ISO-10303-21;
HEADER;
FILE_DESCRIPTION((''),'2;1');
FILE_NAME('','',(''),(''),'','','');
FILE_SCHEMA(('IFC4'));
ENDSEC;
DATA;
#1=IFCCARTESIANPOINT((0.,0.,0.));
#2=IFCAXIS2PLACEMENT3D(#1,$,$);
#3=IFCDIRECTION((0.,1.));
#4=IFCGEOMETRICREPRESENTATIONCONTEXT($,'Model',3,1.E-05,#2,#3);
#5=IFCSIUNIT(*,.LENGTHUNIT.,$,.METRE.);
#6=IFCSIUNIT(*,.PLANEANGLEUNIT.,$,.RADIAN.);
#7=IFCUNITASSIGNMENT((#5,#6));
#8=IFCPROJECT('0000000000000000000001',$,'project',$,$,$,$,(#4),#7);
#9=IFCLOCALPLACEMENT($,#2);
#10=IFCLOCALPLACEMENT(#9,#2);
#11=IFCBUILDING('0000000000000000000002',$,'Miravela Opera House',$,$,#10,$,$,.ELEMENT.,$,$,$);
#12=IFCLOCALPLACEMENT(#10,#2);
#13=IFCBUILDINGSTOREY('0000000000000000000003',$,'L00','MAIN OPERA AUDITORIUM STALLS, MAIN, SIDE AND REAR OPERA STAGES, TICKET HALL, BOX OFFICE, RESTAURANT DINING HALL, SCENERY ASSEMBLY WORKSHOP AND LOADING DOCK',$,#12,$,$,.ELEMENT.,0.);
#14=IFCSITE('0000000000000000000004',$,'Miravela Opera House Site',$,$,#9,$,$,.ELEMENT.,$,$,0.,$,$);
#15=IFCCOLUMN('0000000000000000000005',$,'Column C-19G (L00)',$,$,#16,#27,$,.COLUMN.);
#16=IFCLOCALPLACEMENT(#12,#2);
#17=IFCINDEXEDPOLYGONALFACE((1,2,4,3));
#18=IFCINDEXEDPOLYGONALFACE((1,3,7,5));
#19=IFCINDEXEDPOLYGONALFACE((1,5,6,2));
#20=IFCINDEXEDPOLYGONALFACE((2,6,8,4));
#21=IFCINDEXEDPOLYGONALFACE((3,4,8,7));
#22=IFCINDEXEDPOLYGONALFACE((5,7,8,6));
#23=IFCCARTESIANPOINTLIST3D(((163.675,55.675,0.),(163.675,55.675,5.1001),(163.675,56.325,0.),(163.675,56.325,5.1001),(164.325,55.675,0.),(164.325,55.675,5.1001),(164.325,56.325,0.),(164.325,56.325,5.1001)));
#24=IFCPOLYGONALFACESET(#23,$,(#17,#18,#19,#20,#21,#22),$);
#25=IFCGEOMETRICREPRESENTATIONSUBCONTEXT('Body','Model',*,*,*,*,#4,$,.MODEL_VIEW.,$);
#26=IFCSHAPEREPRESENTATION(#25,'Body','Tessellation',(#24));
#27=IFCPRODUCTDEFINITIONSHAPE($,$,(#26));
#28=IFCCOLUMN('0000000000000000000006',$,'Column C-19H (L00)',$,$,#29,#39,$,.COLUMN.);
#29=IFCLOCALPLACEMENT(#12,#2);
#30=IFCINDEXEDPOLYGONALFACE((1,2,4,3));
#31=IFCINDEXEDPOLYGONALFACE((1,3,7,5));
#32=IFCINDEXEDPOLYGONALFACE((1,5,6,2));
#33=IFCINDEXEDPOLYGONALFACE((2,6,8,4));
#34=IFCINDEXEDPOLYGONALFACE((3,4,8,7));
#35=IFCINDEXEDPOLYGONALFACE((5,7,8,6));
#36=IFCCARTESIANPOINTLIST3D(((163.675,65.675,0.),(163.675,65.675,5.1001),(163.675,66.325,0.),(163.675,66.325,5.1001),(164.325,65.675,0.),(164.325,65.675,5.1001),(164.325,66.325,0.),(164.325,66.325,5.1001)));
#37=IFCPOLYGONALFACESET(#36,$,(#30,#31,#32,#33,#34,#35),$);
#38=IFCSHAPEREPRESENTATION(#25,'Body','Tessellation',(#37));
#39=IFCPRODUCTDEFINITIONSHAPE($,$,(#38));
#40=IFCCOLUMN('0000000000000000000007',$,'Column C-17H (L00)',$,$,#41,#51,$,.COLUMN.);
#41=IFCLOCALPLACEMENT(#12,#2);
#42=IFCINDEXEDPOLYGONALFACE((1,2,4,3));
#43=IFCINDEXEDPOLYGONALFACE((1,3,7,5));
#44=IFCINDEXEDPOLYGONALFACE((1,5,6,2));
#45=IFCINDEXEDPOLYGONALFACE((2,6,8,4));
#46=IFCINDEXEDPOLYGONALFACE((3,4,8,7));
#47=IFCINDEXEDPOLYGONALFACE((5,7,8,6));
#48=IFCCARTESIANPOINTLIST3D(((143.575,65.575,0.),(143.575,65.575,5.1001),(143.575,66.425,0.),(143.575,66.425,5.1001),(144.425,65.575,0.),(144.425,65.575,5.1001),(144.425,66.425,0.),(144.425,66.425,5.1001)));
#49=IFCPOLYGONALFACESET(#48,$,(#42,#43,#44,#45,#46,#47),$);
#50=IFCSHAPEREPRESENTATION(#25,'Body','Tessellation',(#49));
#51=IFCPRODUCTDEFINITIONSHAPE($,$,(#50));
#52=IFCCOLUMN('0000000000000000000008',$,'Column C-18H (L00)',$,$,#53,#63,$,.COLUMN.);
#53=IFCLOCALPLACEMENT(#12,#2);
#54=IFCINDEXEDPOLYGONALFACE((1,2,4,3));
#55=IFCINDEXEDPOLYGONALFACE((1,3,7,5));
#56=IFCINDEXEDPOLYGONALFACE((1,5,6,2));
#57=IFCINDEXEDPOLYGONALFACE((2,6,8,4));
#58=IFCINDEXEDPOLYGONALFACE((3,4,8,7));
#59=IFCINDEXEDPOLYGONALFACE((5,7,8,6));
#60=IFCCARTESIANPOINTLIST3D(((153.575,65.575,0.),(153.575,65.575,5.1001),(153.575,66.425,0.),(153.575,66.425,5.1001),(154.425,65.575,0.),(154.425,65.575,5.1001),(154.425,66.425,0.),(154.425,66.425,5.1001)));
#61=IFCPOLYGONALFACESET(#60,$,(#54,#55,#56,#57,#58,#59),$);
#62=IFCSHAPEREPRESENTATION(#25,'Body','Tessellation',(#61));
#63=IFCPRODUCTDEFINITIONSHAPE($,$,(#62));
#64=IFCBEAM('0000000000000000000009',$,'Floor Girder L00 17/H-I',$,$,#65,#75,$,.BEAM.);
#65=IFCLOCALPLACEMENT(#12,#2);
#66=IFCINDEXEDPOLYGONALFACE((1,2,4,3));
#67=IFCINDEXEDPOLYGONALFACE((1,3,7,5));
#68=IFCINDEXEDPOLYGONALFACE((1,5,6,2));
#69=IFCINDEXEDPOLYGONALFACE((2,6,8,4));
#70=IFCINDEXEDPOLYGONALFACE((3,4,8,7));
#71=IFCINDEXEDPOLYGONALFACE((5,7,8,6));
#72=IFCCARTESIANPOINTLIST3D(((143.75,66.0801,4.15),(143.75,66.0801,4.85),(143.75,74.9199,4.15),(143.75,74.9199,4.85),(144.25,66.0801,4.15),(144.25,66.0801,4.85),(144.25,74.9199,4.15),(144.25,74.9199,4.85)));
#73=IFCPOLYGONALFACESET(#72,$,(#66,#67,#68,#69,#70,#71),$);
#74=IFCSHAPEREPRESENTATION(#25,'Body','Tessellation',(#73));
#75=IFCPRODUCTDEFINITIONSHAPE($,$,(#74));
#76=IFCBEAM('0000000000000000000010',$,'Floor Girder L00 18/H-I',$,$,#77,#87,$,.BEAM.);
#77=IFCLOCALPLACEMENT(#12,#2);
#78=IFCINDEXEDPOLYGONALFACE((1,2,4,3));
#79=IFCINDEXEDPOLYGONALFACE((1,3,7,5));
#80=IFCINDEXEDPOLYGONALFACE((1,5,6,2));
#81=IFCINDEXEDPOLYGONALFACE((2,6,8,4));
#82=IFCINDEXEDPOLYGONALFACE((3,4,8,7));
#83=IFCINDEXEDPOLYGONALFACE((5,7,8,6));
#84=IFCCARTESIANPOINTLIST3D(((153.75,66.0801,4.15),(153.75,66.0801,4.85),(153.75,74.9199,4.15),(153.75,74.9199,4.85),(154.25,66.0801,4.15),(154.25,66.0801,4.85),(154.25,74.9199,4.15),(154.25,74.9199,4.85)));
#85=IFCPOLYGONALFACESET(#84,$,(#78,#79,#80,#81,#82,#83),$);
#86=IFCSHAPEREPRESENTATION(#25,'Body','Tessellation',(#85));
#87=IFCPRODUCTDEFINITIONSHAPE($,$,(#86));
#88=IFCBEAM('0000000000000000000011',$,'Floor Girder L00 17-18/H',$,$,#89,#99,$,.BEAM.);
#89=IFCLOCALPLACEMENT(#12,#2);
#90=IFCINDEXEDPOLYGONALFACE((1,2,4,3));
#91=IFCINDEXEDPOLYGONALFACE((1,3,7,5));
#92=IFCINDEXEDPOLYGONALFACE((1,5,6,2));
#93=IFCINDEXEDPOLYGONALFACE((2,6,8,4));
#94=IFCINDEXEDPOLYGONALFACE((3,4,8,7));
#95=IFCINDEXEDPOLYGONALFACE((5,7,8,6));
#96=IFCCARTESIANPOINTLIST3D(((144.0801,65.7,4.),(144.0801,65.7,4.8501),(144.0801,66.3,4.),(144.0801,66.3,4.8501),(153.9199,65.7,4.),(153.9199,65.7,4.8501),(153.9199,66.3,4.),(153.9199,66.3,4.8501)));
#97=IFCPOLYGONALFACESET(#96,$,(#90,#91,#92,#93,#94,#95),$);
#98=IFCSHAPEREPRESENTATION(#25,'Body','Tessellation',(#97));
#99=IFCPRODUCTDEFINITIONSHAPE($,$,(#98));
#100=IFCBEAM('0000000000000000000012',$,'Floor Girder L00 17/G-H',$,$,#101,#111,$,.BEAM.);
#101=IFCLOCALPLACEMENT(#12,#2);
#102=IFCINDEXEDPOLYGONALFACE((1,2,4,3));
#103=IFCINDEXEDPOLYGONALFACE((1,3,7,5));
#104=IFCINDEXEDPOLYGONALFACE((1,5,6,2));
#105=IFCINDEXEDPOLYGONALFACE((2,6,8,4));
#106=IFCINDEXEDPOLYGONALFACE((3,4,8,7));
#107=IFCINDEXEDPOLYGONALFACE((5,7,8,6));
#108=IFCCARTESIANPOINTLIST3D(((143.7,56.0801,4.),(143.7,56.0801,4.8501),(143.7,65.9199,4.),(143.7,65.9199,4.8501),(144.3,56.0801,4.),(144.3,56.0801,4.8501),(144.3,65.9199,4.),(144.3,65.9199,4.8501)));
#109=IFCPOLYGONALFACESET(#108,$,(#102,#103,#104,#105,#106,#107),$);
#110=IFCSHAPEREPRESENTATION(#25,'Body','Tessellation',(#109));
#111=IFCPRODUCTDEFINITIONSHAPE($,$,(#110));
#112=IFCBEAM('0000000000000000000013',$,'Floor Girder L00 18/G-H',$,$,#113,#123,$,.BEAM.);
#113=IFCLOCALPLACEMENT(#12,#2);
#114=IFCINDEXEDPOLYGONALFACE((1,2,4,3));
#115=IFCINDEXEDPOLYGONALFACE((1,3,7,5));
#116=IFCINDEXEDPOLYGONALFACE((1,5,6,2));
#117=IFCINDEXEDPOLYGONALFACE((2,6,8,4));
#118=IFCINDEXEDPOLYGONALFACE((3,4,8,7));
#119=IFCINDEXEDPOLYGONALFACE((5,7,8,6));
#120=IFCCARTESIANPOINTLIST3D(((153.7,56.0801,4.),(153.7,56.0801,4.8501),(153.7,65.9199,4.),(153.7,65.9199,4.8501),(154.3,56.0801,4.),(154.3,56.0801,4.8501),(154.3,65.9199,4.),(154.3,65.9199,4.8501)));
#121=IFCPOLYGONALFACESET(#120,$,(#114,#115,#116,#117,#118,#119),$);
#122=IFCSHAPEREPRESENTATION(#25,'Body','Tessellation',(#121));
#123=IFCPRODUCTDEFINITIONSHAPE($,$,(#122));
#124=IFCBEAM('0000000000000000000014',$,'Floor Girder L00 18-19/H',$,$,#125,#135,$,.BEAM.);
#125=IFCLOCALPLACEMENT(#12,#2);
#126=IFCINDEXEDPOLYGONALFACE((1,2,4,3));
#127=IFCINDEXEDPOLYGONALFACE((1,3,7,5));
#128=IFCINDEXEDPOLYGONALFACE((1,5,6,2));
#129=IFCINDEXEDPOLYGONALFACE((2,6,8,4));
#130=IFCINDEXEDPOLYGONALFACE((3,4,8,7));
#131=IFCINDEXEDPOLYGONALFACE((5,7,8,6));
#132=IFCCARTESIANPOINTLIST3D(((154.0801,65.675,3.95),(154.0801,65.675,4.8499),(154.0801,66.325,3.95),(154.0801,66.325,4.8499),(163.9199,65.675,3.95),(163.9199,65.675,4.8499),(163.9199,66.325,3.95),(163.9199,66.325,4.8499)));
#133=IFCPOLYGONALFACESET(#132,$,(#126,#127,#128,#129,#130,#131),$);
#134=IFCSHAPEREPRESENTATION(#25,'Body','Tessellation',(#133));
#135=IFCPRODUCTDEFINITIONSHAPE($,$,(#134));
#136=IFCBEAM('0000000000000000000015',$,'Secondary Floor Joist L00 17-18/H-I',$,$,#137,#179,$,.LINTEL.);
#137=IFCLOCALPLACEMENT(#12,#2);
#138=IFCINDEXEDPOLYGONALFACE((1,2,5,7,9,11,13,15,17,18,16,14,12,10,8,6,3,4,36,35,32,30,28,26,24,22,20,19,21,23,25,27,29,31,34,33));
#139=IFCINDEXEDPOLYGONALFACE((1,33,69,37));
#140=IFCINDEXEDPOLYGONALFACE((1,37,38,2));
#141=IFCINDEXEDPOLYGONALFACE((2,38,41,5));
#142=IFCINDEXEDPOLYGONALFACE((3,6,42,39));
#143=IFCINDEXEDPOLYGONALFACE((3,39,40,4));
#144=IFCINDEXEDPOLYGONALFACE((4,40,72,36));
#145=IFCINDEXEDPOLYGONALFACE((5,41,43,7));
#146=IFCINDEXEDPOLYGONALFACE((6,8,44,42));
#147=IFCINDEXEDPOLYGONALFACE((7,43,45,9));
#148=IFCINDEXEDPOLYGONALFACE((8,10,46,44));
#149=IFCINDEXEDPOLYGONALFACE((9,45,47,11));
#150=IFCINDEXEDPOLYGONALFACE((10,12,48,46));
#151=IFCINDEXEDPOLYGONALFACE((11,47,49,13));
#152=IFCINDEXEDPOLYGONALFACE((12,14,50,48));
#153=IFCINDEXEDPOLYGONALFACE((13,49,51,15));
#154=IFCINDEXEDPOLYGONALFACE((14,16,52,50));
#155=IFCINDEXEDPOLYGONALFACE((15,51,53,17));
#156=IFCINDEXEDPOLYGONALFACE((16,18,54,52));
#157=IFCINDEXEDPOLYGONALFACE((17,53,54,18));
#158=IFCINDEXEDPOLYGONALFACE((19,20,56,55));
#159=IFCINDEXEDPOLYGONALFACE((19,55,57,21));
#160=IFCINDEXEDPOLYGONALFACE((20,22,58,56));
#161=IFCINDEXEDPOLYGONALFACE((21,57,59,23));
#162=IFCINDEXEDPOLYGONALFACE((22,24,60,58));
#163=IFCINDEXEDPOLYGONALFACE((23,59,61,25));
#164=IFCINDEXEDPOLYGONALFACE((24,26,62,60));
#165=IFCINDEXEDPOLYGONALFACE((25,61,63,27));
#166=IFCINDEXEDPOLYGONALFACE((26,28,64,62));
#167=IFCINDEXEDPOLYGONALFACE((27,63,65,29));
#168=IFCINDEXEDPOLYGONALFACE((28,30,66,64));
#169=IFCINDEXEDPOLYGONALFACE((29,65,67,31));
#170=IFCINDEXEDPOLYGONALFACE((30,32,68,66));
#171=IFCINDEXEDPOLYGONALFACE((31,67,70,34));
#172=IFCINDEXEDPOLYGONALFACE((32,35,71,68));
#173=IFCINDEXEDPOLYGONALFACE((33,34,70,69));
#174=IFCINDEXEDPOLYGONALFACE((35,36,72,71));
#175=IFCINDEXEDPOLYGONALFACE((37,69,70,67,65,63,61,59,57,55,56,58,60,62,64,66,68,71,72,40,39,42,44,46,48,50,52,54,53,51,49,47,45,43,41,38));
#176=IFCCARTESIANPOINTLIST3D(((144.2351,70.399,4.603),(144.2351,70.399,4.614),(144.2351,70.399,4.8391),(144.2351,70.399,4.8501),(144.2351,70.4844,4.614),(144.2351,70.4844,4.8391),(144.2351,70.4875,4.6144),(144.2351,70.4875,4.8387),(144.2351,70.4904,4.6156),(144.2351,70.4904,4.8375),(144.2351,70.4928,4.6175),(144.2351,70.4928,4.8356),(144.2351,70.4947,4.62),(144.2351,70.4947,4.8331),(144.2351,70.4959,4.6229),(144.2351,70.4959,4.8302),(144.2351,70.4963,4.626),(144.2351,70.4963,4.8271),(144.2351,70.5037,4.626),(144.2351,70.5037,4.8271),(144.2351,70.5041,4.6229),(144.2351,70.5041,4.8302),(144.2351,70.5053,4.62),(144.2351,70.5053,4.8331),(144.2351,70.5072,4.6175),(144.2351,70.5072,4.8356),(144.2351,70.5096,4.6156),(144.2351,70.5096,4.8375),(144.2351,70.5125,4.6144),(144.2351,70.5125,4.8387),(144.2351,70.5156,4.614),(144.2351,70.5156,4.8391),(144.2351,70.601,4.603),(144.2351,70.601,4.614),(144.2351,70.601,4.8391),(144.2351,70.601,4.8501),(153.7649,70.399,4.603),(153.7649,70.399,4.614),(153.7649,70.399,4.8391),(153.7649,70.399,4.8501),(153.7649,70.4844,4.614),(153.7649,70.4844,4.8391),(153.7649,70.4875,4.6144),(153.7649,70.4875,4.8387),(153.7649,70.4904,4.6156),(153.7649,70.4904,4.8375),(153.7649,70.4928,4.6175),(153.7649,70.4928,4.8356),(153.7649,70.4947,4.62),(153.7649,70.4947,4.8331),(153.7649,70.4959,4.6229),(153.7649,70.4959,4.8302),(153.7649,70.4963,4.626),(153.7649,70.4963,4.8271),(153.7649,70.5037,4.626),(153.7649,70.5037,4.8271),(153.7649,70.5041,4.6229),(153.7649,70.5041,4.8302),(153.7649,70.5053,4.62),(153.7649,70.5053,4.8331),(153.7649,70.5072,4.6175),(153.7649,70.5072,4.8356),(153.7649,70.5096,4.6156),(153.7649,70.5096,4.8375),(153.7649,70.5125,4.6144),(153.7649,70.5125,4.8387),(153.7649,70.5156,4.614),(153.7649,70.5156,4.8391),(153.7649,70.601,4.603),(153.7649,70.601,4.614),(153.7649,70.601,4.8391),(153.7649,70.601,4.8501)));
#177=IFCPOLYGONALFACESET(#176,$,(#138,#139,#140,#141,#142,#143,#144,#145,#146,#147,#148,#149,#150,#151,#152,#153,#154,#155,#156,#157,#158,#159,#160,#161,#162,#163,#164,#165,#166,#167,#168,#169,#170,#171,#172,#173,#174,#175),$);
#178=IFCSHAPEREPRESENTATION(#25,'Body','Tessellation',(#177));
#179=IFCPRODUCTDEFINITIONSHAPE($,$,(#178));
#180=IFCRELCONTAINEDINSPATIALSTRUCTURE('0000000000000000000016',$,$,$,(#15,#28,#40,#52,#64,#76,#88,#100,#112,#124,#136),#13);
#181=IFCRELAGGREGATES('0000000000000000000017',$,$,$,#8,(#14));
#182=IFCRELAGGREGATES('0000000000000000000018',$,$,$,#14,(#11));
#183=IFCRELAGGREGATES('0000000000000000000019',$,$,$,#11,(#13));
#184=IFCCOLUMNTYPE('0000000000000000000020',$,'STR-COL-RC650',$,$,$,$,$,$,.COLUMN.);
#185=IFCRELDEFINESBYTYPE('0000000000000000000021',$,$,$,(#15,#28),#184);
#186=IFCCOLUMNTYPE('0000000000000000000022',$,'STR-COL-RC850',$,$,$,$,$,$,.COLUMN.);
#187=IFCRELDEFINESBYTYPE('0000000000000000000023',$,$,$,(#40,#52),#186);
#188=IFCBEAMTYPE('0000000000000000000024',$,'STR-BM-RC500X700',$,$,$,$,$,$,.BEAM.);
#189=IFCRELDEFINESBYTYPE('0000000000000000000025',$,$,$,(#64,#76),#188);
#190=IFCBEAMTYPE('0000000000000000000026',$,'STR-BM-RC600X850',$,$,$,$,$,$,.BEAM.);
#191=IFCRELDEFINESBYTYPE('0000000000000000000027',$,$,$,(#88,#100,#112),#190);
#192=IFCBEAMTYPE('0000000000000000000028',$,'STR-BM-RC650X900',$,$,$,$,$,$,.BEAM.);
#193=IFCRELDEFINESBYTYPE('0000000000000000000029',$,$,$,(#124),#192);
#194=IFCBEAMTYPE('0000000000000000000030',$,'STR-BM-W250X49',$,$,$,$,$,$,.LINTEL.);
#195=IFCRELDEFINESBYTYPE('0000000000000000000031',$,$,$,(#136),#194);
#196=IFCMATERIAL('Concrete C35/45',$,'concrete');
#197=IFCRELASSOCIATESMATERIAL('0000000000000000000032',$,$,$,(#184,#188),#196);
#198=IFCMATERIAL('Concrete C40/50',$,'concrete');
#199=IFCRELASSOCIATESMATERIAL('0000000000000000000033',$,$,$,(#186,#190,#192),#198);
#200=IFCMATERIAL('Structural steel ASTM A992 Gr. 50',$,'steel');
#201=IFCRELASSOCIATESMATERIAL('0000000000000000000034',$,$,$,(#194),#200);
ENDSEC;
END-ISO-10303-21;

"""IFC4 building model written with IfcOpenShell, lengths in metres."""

from ifc_helpers import new_model, si_unit, direction, frame, origin, origin_2d, place, context, subcontext, project, spatial, rectangle, i_section, extrude, material, material_profile, profile_set, type_object, element, save


model = new_model("IFC4")

# Units and contexts
model_context = context("Model", 3, precision=1e-05, world=origin(), true_north=direction((0.0, 1.0)))
body_context = subcontext(model_context, "Body", "Model", "MODEL_VIEW")
ifc_project = project(units=[si_unit("LENGTHUNIT", "METRE"), si_unit("PLANEANGLEUNIT", "RADIAN")], contexts=[model_context])

# Site, building, storey
site_placement = place(None, origin())
site = spatial("IfcSite", under=ifc_project, at=site_placement, Name="Miravela Opera House Site", CompositionType="ELEMENT", RefElevation=0.0)
building_placement = place(site_placement, origin())
building = spatial("IfcBuilding", under=site, at=building_placement, Name="Miravela Opera House", CompositionType="ELEMENT")
storey_placement = place(building_placement, origin())
storey = spatial("IfcBuildingStorey", under=building, at=storey_placement, Name="L00", Description="MAIN OPERA AUDITORIUM STALLS, MAIN, SIDE AND REAR OPERA STAGES, TICKET HALL, BOX OFFICE, RESTAURANT DINING HALL, SCENERY ASSEMBLY WORKSHOP AND LOADING DOCK", CompositionType="ELEMENT", Elevation=0.0)

# Columns
ifc_material_1 = material(Name="Concrete C35/45", Category="concrete")
ifc_material_profile_1 = material_profile(ifc_material_1, rectangle(XDim=0.6499, YDim=0.6499, at=origin_2d()), Name="RC-COL-650X650")
ifc_profile_set_1 = profile_set([ifc_material_profile_1])
column_type_1 = type_object("IfcColumnType", Name="STR-COL-RC650", PredefinedType="COLUMN", material=ifc_profile_set_1)
for number, where, z_axis, x_axis, name in (
    (1, (164.0, 56.0, 0.0), (0.0, 0.0, 1.0), (1.0, 0.0, 0.0), "Column C-19G (L00)"),
    (2, (164.0, 66.0, 0.0), (0.0, 0.0, 1.0), (1.0, 0.0, 0.0), "Column C-19H (L00)"),
):
    element("IfcColumn", number, at=place(storey_placement, frame(where, z_axis=z_axis, x_axis=x_axis)), inside=storey, type_object=column_type_1, Name=name, PredefinedType="COLUMN", context=body_context, shape_type="SweptSolid", body=[
        extrude(rectangle(XDim=0.6499, YDim=0.6499, at=origin_2d()), origin(), (0.0, 0.0, 1.0), 5.1001),
    ])
ifc_material_2 = material(Name="Concrete C40/50", Category="concrete")
ifc_material_profile_2 = material_profile(ifc_material_2, rectangle(XDim=0.8501, YDim=0.8501, at=origin_2d()), Name="RC-COL-850X850")
ifc_profile_set_2 = profile_set([ifc_material_profile_2])
column_type_2 = type_object("IfcColumnType", Name="STR-COL-RC850", PredefinedType="COLUMN", material=ifc_profile_set_2)
for number, where, z_axis, x_axis, name in (
    (3, (144.0, 66.0, 0.0), (0.0, 0.0, 1.0), (1.0, 0.0, 0.0), "Column C-17H (L00)"),
    (4, (154.0, 66.0, 0.0), (0.0, 0.0, 1.0), (1.0, 0.0, 0.0), "Column C-18H (L00)"),
):
    element("IfcColumn", number, at=place(storey_placement, frame(where, z_axis=z_axis, x_axis=x_axis)), inside=storey, type_object=column_type_2, Name=name, PredefinedType="COLUMN", context=body_context, shape_type="SweptSolid", body=[
        extrude(rectangle(XDim=0.8501, YDim=0.8501, at=origin_2d()), origin(), (0.0, 0.0, 1.0), 5.1001),
    ])

# Beams
ifc_material_profile_3 = material_profile(ifc_material_1, rectangle(XDim=0.5, YDim=0.7, at=origin_2d()), Name="RC-BM-500X700")
ifc_profile_set_3 = profile_set([ifc_material_profile_3])
beam_type_1 = type_object("IfcBeamType", Name="STR-BM-RC500X700", PredefinedType="BEAM", material=ifc_profile_set_3)
for number, where, z_axis, x_axis, name in (
    (5, (144.0, 66.0801, 4.5), (0.0, 1.0, 0.0), (-1.0, 0.0, 0.0), "Floor Girder L00 17/H-I"),
    (6, (154.0, 66.0801, 4.5), (0.0, 1.0, 0.0), (-1.0, 0.0, 0.0), "Floor Girder L00 18/H-I"),
):
    element("IfcBeam", number, at=place(storey_placement, frame(where, z_axis=z_axis, x_axis=x_axis)), inside=storey, type_object=beam_type_1, Name=name, PredefinedType="BEAM", context=body_context, shape_type="SweptSolid", body=[
        extrude(rectangle(XDim=0.5, YDim=0.7, at=origin_2d()), origin(), (0.0, 0.0, 1.0), 8.8398),
    ])
ifc_material_profile_4 = material_profile(ifc_material_2, rectangle(XDim=0.6001, YDim=0.8501, at=origin_2d()), Name="RC-BM-600X850")
ifc_profile_set_4 = profile_set([ifc_material_profile_4])
beam_type_2 = type_object("IfcBeamType", Name="STR-BM-RC600X850", PredefinedType="BEAM", material=ifc_profile_set_4)
for number, where, z_axis, x_axis, name in (
    (7, (144.0801, 66.0, 4.425), (1.0, 0.0, 0.0), (0.0, 1.0, 0.0), "Floor Girder L00 17-18/H"),
    (8, (144.0, 56.0801, 4.425), (0.0, 1.0, 0.0), (-1.0, 0.0, 0.0), "Floor Girder L00 17/G-H"),
    (9, (154.0, 56.0801, 4.425), (0.0, 1.0, 0.0), (-1.0, 0.0, 0.0), "Floor Girder L00 18/G-H"),
):
    element("IfcBeam", number, at=place(storey_placement, frame(where, z_axis=z_axis, x_axis=x_axis)), inside=storey, type_object=beam_type_2, Name=name, PredefinedType="BEAM", context=body_context, shape_type="SweptSolid", body=[
        extrude(rectangle(XDim=0.6001, YDim=0.8501, at=origin_2d()), origin(), (0.0, 0.0, 1.0), 9.8398),
    ])
ifc_material_profile_5 = material_profile(ifc_material_2, rectangle(XDim=0.6499, YDim=0.8999, at=origin_2d()), Name="RC-BM-650X900")
ifc_profile_set_5 = profile_set([ifc_material_profile_5])
beam_type_3 = type_object("IfcBeamType", Name="STR-BM-RC650X900", PredefinedType="BEAM", material=ifc_profile_set_5)
beam_1_placement = place(storey_placement, frame((154.0801, 66.0, 4.3999), z_axis=(1.0, 0.0, 0.0), x_axis=(0.0, 1.0, 0.0)))
element("IfcBeam", 10, at=beam_1_placement, inside=storey, type_object=beam_type_3, Name="Floor Girder L00 18-19/H", PredefinedType="BEAM", context=body_context, shape_type="SweptSolid", body=[
    extrude(rectangle(XDim=0.6499, YDim=0.8999, at=origin_2d()), origin(), (0.0, 0.0, 1.0), 9.8398),
])
ifc_material_3 = material(Name="Structural steel ASTM A992 Gr. 50", Category="steel")
ifc_material_profile_6 = material_profile(ifc_material_3, i_section(OverallWidth=0.2019, OverallDepth=0.2471, WebThickness=0.0073, FlangeThickness=0.011, FilletRadius=0.012, at=origin_2d()), Name="W250X49")
ifc_profile_set_6 = profile_set([ifc_material_profile_6])
beam_type_4 = type_object("IfcBeamType", Name="STR-BM-W250X49", PredefinedType="LINTEL", material=ifc_profile_set_6)
beam_2_placement = place(storey_placement, frame((144.2351, 70.5, 4.7266), z_axis=(1.0, 0.0, 0.0), x_axis=(0.0, 1.0, 0.0)))
element("IfcBeam", 11, at=beam_2_placement, inside=storey, type_object=beam_type_4, Name="Secondary Floor Joist L00 17-18/H-I", PredefinedType="LINTEL", context=body_context, shape_type="SweptSolid", body=[
    extrude(i_section(OverallWidth=0.2019, OverallDepth=0.2471, WebThickness=0.0073, FlangeThickness=0.011, FilletRadius=0.012, at=origin_2d()), origin(), (0.0, 0.0, 1.0), 9.5298),
])

save(model, "model.ifc")
